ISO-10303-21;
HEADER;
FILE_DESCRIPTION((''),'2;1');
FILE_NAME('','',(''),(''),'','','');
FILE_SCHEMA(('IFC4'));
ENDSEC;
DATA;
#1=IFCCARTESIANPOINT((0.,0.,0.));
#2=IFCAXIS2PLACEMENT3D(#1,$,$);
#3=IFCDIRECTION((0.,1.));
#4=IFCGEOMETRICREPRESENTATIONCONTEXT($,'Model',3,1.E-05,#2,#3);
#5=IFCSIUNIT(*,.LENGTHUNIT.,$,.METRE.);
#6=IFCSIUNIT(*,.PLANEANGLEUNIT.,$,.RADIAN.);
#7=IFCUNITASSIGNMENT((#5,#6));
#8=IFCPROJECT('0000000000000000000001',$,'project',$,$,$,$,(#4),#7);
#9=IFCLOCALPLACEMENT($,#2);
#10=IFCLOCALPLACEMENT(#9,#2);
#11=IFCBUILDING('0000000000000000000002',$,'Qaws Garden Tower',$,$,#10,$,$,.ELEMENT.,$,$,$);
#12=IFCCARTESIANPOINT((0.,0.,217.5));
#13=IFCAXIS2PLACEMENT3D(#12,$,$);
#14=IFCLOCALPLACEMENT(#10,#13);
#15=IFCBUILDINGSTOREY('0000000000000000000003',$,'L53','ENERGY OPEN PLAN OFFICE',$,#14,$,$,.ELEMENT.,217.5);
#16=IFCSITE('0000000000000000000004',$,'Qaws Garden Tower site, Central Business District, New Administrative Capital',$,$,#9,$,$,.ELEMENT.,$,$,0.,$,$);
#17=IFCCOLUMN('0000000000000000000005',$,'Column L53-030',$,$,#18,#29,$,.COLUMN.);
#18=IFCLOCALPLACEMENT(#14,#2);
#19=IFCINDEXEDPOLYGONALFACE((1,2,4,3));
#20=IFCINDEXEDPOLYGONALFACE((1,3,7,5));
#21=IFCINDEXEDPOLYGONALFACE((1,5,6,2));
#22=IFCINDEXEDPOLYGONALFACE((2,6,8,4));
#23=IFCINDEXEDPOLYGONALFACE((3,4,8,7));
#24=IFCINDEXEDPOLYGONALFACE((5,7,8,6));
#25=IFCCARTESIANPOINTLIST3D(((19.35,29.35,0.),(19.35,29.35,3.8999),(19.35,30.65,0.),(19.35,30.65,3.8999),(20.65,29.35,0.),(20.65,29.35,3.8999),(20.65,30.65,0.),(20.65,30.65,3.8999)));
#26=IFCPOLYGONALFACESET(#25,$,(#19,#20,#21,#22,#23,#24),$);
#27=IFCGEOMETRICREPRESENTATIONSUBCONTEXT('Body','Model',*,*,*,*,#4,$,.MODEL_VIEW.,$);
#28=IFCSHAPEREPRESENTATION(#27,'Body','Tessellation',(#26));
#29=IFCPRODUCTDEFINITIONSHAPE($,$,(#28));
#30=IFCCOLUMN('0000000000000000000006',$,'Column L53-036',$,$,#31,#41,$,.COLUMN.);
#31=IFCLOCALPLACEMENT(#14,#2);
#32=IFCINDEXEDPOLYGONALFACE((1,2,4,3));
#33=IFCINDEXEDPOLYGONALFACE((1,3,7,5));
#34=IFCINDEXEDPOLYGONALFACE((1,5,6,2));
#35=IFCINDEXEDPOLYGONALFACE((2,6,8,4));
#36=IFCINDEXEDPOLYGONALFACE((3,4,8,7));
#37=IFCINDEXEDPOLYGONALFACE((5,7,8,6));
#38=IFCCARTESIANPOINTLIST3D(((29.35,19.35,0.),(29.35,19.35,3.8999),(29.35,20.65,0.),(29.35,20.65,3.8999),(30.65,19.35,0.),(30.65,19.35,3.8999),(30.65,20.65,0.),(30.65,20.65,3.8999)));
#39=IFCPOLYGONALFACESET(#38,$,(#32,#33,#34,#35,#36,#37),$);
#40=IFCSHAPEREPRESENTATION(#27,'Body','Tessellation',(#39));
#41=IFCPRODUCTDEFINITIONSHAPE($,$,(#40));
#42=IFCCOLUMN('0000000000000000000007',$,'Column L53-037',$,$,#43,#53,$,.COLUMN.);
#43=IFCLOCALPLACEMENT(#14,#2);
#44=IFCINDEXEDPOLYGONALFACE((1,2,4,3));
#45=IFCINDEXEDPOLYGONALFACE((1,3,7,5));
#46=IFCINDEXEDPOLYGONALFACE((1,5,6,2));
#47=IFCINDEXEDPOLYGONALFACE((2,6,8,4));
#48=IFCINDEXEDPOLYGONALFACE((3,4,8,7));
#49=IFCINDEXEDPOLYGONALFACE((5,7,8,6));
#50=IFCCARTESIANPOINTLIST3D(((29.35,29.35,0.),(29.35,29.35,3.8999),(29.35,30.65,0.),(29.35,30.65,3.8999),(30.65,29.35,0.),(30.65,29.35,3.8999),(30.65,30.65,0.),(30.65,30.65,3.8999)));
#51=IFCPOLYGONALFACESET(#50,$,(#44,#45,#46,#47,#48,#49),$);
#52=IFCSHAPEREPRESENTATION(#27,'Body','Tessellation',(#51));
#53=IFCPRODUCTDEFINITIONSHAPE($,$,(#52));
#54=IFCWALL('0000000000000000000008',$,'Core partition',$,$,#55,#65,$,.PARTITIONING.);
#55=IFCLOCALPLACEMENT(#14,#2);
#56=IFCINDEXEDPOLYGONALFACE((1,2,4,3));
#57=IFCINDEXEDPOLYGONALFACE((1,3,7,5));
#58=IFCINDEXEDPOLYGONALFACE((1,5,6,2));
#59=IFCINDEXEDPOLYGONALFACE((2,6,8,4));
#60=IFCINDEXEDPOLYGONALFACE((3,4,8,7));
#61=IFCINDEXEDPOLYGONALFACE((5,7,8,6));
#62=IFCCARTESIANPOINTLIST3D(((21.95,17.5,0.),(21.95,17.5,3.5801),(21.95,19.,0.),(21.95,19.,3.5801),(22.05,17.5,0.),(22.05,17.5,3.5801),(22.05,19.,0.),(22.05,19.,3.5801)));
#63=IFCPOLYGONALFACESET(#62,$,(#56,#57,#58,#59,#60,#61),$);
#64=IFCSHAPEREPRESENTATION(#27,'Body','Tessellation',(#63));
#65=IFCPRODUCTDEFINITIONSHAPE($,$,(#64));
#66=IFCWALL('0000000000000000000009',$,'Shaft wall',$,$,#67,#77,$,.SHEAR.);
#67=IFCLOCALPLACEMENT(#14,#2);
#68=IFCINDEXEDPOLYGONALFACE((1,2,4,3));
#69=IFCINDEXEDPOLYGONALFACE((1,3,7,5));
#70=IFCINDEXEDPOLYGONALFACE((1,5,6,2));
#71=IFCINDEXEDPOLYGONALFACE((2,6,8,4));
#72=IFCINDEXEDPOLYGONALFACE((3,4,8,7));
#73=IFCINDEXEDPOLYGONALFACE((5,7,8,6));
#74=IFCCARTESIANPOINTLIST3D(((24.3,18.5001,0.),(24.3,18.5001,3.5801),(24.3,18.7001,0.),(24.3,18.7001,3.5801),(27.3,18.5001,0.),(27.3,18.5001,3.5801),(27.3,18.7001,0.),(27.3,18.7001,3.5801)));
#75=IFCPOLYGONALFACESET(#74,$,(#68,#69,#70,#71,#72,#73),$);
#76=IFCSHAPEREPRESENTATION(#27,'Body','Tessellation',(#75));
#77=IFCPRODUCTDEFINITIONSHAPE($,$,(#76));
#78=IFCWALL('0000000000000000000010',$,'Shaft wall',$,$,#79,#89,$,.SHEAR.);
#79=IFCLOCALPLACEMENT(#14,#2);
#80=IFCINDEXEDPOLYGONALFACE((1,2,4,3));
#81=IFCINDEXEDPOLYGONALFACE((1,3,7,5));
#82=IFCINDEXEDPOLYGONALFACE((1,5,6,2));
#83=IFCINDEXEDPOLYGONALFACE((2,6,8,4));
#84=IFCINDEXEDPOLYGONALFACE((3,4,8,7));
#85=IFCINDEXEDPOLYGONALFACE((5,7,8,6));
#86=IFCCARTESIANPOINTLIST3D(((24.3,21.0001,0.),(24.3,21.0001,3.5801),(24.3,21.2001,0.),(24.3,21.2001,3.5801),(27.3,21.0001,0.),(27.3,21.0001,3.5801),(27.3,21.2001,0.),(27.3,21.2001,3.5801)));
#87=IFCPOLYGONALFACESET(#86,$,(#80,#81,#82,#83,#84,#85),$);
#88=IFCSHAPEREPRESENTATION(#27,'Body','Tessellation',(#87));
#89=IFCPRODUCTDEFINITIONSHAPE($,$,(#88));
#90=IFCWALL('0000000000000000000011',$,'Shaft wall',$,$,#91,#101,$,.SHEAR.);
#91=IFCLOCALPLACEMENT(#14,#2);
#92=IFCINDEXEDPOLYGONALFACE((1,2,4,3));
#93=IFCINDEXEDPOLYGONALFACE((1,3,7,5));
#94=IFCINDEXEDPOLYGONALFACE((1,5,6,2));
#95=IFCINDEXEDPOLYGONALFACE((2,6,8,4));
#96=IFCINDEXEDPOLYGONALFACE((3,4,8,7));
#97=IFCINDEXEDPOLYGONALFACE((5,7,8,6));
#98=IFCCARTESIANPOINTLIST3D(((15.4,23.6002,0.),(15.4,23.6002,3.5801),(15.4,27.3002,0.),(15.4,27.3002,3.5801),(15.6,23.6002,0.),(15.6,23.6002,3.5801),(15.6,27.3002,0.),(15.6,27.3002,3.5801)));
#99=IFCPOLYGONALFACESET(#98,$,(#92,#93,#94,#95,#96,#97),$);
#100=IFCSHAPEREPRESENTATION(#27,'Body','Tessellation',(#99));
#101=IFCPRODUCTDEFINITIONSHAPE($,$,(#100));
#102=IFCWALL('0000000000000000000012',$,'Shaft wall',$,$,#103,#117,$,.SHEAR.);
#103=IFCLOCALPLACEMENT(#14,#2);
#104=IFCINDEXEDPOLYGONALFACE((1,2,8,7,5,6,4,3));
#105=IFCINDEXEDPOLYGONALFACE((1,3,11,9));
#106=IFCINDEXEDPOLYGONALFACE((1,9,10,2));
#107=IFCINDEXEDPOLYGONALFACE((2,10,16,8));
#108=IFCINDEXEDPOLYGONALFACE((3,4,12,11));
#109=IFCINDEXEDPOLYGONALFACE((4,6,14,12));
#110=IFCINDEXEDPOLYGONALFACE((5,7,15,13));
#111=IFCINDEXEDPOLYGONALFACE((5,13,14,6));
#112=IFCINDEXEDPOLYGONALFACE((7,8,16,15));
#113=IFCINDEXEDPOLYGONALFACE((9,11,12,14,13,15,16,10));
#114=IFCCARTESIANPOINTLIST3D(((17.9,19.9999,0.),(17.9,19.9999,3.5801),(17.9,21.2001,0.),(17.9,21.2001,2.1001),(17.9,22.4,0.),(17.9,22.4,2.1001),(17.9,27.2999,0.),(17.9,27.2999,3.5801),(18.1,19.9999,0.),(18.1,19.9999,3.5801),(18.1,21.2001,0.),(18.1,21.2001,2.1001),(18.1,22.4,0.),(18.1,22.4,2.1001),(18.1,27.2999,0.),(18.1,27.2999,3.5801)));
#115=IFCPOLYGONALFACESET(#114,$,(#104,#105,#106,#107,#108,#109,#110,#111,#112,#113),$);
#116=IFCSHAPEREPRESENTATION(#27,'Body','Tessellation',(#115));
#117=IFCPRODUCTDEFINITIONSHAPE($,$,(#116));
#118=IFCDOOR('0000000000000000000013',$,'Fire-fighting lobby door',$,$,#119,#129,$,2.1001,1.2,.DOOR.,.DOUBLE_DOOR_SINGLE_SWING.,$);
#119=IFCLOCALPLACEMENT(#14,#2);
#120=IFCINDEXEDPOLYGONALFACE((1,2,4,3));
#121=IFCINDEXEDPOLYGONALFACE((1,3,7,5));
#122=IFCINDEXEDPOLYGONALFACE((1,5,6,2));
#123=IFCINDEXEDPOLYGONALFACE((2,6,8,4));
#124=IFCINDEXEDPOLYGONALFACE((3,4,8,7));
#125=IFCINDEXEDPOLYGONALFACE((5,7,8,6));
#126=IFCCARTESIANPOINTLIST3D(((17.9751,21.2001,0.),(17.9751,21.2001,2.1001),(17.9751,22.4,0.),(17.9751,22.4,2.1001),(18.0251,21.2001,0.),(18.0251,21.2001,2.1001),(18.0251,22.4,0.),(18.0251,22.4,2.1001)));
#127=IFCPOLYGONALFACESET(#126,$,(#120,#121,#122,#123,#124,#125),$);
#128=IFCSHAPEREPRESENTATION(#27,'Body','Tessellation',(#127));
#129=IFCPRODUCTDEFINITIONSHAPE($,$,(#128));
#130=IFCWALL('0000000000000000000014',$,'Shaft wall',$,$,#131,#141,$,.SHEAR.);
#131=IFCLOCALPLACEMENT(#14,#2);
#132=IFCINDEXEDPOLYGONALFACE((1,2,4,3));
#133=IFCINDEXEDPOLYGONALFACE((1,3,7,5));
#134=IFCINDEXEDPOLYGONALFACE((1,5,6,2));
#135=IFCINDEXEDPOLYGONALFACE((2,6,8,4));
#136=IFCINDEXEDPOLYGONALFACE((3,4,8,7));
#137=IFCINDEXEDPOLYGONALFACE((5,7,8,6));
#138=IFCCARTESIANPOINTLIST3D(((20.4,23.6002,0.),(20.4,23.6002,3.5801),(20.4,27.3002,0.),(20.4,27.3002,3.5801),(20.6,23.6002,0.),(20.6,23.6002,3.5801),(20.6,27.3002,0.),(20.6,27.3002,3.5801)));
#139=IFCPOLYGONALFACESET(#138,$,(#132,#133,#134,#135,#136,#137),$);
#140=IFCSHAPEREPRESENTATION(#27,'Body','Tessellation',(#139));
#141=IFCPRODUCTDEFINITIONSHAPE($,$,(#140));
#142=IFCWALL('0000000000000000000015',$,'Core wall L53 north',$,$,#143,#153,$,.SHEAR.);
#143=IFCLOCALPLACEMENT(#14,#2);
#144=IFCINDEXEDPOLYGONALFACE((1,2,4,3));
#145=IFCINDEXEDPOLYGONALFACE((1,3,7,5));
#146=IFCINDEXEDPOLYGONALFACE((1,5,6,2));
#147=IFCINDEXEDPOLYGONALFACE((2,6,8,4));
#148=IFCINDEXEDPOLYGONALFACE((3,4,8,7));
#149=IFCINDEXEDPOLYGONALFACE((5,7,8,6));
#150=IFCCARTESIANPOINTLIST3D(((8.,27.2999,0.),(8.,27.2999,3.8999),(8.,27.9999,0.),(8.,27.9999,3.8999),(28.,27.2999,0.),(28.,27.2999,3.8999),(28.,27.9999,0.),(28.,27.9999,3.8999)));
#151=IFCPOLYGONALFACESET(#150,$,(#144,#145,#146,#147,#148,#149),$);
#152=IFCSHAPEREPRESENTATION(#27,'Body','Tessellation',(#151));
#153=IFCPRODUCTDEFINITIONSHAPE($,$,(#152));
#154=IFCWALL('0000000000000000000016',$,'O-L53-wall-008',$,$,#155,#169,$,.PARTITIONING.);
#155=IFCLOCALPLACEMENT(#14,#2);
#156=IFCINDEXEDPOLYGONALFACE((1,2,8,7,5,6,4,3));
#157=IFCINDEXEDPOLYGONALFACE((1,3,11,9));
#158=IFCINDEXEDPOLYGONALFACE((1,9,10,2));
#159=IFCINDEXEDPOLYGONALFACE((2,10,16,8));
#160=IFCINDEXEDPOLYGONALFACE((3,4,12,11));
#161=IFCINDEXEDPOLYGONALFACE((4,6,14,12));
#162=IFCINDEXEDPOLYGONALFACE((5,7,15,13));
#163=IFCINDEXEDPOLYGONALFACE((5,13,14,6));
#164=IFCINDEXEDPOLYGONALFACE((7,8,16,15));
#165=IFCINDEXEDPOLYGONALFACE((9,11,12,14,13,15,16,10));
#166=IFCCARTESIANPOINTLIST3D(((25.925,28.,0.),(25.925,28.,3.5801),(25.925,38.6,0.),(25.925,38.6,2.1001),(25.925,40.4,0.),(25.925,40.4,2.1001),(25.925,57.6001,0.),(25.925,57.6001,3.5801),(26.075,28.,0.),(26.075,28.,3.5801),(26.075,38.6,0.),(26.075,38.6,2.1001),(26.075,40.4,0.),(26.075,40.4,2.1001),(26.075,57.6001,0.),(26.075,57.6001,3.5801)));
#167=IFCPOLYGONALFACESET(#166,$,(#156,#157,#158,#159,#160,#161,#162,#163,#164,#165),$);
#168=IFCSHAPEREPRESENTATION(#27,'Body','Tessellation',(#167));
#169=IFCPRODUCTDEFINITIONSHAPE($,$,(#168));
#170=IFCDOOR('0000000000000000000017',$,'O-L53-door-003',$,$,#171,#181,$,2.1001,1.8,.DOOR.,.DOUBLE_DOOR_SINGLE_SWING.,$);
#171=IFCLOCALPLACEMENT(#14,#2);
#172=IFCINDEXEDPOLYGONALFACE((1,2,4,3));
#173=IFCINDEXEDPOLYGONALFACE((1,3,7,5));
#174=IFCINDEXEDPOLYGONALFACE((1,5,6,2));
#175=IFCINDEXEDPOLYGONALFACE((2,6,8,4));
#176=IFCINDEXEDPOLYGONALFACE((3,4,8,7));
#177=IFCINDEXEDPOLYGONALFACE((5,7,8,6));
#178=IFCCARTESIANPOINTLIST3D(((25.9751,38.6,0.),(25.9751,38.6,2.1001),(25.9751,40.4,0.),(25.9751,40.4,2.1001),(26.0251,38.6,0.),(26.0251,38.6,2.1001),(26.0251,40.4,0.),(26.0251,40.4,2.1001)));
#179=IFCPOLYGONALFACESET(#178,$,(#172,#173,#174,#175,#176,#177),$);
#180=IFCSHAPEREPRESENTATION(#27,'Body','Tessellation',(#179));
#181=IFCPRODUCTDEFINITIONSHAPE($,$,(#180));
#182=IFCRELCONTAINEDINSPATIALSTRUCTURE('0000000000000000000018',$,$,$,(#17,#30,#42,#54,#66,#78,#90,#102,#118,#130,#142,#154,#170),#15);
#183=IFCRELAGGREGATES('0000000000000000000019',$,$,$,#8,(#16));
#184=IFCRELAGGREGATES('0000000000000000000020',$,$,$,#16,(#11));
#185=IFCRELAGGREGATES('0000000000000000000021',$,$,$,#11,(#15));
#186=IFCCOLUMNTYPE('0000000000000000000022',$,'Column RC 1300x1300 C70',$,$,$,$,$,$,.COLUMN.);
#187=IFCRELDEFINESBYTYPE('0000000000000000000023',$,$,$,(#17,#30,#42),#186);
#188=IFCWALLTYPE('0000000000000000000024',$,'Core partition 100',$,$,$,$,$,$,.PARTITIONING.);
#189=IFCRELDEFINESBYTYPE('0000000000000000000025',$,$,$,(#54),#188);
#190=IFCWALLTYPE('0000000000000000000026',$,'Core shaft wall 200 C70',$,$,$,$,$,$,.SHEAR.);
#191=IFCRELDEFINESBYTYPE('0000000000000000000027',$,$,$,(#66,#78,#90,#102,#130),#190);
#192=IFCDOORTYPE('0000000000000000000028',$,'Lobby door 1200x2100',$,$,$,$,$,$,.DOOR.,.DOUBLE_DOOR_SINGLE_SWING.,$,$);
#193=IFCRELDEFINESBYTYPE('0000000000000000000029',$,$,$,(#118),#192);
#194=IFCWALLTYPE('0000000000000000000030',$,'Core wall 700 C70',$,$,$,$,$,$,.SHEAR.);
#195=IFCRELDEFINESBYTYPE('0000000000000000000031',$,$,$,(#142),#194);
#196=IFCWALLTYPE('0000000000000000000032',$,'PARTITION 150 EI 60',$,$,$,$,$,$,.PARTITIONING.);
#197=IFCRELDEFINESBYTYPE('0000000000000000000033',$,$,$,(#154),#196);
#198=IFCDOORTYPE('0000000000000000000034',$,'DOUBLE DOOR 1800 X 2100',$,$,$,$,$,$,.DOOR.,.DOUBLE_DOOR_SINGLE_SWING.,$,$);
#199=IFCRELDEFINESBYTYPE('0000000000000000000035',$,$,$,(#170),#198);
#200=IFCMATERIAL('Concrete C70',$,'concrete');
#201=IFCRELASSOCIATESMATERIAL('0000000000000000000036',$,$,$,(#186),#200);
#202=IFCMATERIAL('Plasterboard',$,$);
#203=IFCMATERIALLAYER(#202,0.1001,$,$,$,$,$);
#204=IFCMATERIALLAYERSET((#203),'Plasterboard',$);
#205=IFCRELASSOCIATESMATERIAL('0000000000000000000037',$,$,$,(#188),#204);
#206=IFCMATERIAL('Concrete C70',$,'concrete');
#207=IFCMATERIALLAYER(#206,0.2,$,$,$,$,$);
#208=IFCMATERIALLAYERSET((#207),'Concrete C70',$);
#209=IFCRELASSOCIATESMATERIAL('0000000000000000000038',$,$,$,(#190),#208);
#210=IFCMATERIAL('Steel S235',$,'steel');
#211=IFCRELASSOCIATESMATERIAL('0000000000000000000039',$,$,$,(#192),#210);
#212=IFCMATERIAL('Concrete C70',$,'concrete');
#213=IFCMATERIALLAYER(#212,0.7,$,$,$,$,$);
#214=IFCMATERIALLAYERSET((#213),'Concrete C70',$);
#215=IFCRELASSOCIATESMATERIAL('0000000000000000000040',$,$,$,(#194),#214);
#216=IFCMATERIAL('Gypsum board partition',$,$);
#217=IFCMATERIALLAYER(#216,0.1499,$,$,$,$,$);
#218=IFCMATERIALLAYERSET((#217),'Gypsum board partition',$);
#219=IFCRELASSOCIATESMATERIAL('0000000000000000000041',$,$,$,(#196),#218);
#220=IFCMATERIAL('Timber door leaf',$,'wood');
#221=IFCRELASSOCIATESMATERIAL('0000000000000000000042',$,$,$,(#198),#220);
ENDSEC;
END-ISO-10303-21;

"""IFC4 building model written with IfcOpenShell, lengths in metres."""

from ifc_helpers import new_model, si_unit, direction, frame, frame_2d, origin, origin_2d, place, context, subcontext, project, spatial, rectangle, extrude, material, layer, layer_set, material_profile, profile_set, type_object, element, fill, save


model = new_model("IFC4")

# Units and contexts
model_context = context("Model", 3, precision=1e-05, world=origin(), true_north=direction((0.0, 1.0)))
body_context = subcontext(model_context, "Body", "Model", "MODEL_VIEW")
ifc_project = project(units=[si_unit("LENGTHUNIT", "METRE"), si_unit("PLANEANGLEUNIT", "RADIAN")], contexts=[model_context])

# Site, building, storey
site_placement = place(None, origin())
site = spatial("IfcSite", under=ifc_project, at=site_placement, Name="Qaws Garden Tower site, Central Business District, New Administrative Capital", CompositionType="ELEMENT", RefElevation=0.0)
building_placement = place(site_placement, origin())
building = spatial("IfcBuilding", under=site, at=building_placement, Name="Qaws Garden Tower", CompositionType="ELEMENT")
storey_placement = place(building_placement, frame((0.0, 0.0, 217.5)))
storey = spatial("IfcBuildingStorey", under=building, at=storey_placement, Name="L53", Description="ENERGY OPEN PLAN OFFICE", CompositionType="ELEMENT", Elevation=217.5)

# Columns
ifc_material_1 = material(Name="Concrete C70", Category="concrete")
ifc_material_profile = material_profile(ifc_material_1, rectangle(XDim=1.3, YDim=1.3, at=origin_2d()), Name="RC 1300x1300")
ifc_profile_set = profile_set([ifc_material_profile], Name="Concrete C70")
column_type = type_object("IfcColumnType", Name="Column RC 1300x1300 C70", PredefinedType="COLUMN", material=ifc_profile_set)
for number, where, z_axis, x_axis, name in (
    (1, (20.0, 30.0, 0.0), (0.0, 0.0, 1.0), (1.0, 0.0, 0.0), "Column L53-030"),
    (2, (30.0, 20.0, 0.0), (0.0, 0.0, 1.0), (1.0, 0.0, 0.0), "Column L53-036"),
    (3, (30.0, 30.0, 0.0), (0.0, 0.0, 1.0), (1.0, 0.0, 0.0), "Column L53-037"),
):
    element("IfcColumn", number, at=place(storey_placement, frame(where, z_axis=z_axis, x_axis=x_axis)), inside=storey, type_object=column_type, Name=name, PredefinedType="COLUMN", context=body_context, shape_type="SweptSolid", body=[
        extrude(rectangle(XDim=1.3, YDim=1.3, at=origin_2d()), origin(), (0.0, 0.0, 1.0), 3.8999),
    ])

# Walls
ifc_material_2 = material(Name="Plasterboard")
ifc_layer_1 = layer(ifc_material_2, 0.1001)
ifc_layer_set_1 = layer_set([ifc_layer_1], Name="Plasterboard")
wall_type_1 = type_object("IfcWallType", Name="Core partition 100", PredefinedType="PARTITIONING", material=ifc_layer_set_1)
wall_1_placement = place(storey_placement, frame((22.0, 17.5, 0.0), z_axis=(0.0, 0.0, 1.0), x_axis=(0.0, 1.0, 0.0)))
element("IfcWall", 4, at=wall_1_placement, inside=storey, type_object=wall_type_1, Name="Core partition", PredefinedType="PARTITIONING", context=body_context, shape_type="SweptSolid", body=[
    extrude(rectangle(XDim=1.5, YDim=0.1001, at=frame_2d((0.75, 0.0))), origin(), (0.0, 0.0, 1.0), 3.5801),
])
ifc_material_3 = material(Name="Concrete C70", Category="concrete")
ifc_layer_2 = layer(ifc_material_3, 0.2)
ifc_layer_set_2 = layer_set([ifc_layer_2], Name="Concrete C70")
wall_type_2 = type_object("IfcWallType", Name="Core shaft wall 200 C70", PredefinedType="SHEAR", material=ifc_layer_set_2)
for number, where, z_axis, x_axis, name in (
    (5, (24.3, 18.6001, 0.0), (0.0, 0.0, 1.0), (1.0, 0.0, 0.0), "Shaft wall"),
    (6, (24.3, 21.1001, 0.0), (0.0, 0.0, 1.0), (1.0, 0.0, 0.0), "Shaft wall"),
):
    element("IfcWall", number, at=place(storey_placement, frame(where, z_axis=z_axis, x_axis=x_axis)), inside=storey, type_object=wall_type_2, Name=name, PredefinedType="SHEAR", context=body_context, shape_type="SweptSolid", body=[
        extrude(rectangle(XDim=3.0, YDim=0.2, at=frame_2d((1.5, 0.0))), origin(), (0.0, 0.0, 1.0), 3.5801),
    ])
wall_2_placement = place(storey_placement, frame((15.5, 23.6001, 0.0), z_axis=(0.0, 0.0, 1.0), x_axis=(0.0, 1.0, 0.0)))
element("IfcWall", 7, at=wall_2_placement, inside=storey, type_object=wall_type_2, Name="Shaft wall", PredefinedType="SHEAR", context=body_context, shape_type="SweptSolid", body=[
    extrude(rectangle(XDim=3.7, YDim=0.2, at=frame_2d((1.8501, 0.0))), origin(), (0.0, 0.0, 1.0), 3.5801),
])

# Wall, opening, door
wall_3_placement = place(storey_placement, frame((18.0, 20.0, 0.0), z_axis=(0.0, 0.0, 1.0), x_axis=(0.0, 1.0, 0.0)))
wall_3 = element("IfcWall", 8, at=wall_3_placement, inside=storey, type_object=wall_type_2, Name="Shaft wall", PredefinedType="SHEAR", context=body_context, shape_type="SweptSolid", body=[
    extrude(rectangle(XDim=7.3, YDim=0.2, at=frame_2d((3.6499, 0.0))), origin(), (0.0, 0.0, 1.0), 3.5801),
])
opening_1_placement = place(wall_3_placement, frame((1.2, 0.0, 0.0)))
opening_1 = element("IfcOpeningElement", 9, at=opening_1_placement, cuts=wall_3, PredefinedType="OPENING", context=body_context, shape_type="SweptSolid", body=[
    extrude(rectangle(XDim=1.2, YDim=2.1001, at=frame_2d((0.6001, 1.05))), frame((0.0, 0.1099, 0.0), z_axis=(0.0, -1.0, 0.0), x_axis=(1.0, 0.0, 0.0)), (0.0, 0.0, 1.0), 0.22),
])
ifc_material_4 = material(Name="Steel S235", Category="steel")
door_type_1 = type_object("IfcDoorType", Name="Lobby door 1200x2100", OperationType="DOUBLE_DOOR_SINGLE_SWING", PredefinedType="DOOR", material=ifc_material_4)
door_1_placement = place(opening_1_placement, origin())
door_1 = element("IfcDoor", 10, at=door_1_placement, inside=storey, type_object=door_type_1, Name="Fire-fighting lobby door", OperationType="DOUBLE_DOOR_SINGLE_SWING", OverallHeight=2.1001, OverallWidth=1.2, PredefinedType="DOOR", context=body_context, shape_type="SweptSolid", body=[
    extrude(rectangle(XDim=1.2, YDim=2.1001, at=frame_2d((0.6001, 1.05))), frame((0.0, 0.0249, 0.0), z_axis=(0.0, -1.0, 0.0), x_axis=(1.0, 0.0, 0.0)), (0.0, 0.0, 1.0), 0.05),
])
fill(opening_1, door_1)

# Walls
wall_4_placement = place(storey_placement, frame((20.5, 23.6001, 0.0), z_axis=(0.0, 0.0, 1.0), x_axis=(0.0, 1.0, 0.0)))
element("IfcWall", 11, at=wall_4_placement, inside=storey, type_object=wall_type_2, Name="Shaft wall", PredefinedType="SHEAR", context=body_context, shape_type="SweptSolid", body=[
    extrude(rectangle(XDim=3.7, YDim=0.2, at=frame_2d((1.8501, 0.0))), origin(), (0.0, 0.0, 1.0), 3.5801),
])
ifc_material_5 = material(Name="Concrete C70", Category="concrete")
ifc_layer_3 = layer(ifc_material_5, 0.7)
ifc_layer_set_3 = layer_set([ifc_layer_3], Name="Concrete C70")
wall_type_3 = type_object("IfcWallType", Name="Core wall 700 C70", PredefinedType="SHEAR", material=ifc_layer_set_3)
wall_5_placement = place(storey_placement, frame((28.0, 27.6499, 0.0), z_axis=(0.0, 0.0, 1.0), x_axis=(-1.0, 0.0, 0.0)))
element("IfcWall", 12, at=wall_5_placement, inside=storey, type_object=wall_type_3, Name="Core wall L53 north", PredefinedType="SHEAR", context=body_context, shape_type="SweptSolid", body=[
    extrude(rectangle(XDim=20.0, YDim=0.7, at=frame_2d((10.0, 0.0))), origin(), (0.0, 0.0, 1.0), 3.8999),
])

# Wall, opening, door
ifc_material_6 = material(Name="Gypsum board partition")
ifc_layer_4 = layer(ifc_material_6, 0.1499)
ifc_layer_set_4 = layer_set([ifc_layer_4], Name="Gypsum board partition")
wall_type_4 = type_object("IfcWallType", Name="PARTITION 150 EI 60", PredefinedType="PARTITIONING", material=ifc_layer_set_4)
wall_6_placement = place(storey_placement, frame((26.0, 28.0, 0.0), z_axis=(0.0, 0.0, 1.0), x_axis=(0.0, 1.0, 0.0)))
wall_6 = element("IfcWall", 13, at=wall_6_placement, inside=storey, type_object=wall_type_4, Name="O-L53-wall-008", PredefinedType="PARTITIONING", context=body_context, shape_type="SweptSolid", body=[
    extrude(rectangle(XDim=29.6001, YDim=0.1499, at=frame_2d((14.8, 0.0))), origin(), (0.0, 0.0, 1.0), 3.5801),
])
opening_2_placement = place(wall_6_placement, frame((10.6001, 0.0, 0.0)))
opening_2 = element("IfcOpeningElement", 14, at=opening_2_placement, cuts=wall_6, PredefinedType="OPENING", context=body_context, shape_type="SweptSolid", body=[
    extrude(rectangle(XDim=1.8, YDim=2.1001, at=frame_2d((0.8999, 1.05))), frame((0.0, 0.085, 0.0), z_axis=(0.0, -1.0, 0.0), x_axis=(1.0, 0.0, 0.0)), (0.0, 0.0, 1.0), 0.1699),
])
ifc_material_7 = material(Name="Timber door leaf", Category="wood")
door_type_2 = type_object("IfcDoorType", Name="DOUBLE DOOR 1800 X 2100", OperationType="DOUBLE_DOOR_SINGLE_SWING", PredefinedType="DOOR", material=ifc_material_7)
door_2_placement = place(opening_2_placement, origin())
door_2 = element("IfcDoor", 15, at=door_2_placement, inside=storey, type_object=door_type_2, Name="O-L53-door-003", OperationType="DOUBLE_DOOR_SINGLE_SWING", OverallHeight=2.1001, OverallWidth=1.8, PredefinedType="DOOR", context=body_context, shape_type="SweptSolid", body=[
    extrude(rectangle(XDim=1.8, YDim=2.1001, at=frame_2d((0.8999, 1.05))), frame((0.0, 0.0249, 0.0), z_axis=(0.0, -1.0, 0.0), x_axis=(1.0, 0.0, 0.0)), (0.0, 0.0, 1.0), 0.05),
])
fill(opening_2, door_2)

save(model, "model.ifc")
